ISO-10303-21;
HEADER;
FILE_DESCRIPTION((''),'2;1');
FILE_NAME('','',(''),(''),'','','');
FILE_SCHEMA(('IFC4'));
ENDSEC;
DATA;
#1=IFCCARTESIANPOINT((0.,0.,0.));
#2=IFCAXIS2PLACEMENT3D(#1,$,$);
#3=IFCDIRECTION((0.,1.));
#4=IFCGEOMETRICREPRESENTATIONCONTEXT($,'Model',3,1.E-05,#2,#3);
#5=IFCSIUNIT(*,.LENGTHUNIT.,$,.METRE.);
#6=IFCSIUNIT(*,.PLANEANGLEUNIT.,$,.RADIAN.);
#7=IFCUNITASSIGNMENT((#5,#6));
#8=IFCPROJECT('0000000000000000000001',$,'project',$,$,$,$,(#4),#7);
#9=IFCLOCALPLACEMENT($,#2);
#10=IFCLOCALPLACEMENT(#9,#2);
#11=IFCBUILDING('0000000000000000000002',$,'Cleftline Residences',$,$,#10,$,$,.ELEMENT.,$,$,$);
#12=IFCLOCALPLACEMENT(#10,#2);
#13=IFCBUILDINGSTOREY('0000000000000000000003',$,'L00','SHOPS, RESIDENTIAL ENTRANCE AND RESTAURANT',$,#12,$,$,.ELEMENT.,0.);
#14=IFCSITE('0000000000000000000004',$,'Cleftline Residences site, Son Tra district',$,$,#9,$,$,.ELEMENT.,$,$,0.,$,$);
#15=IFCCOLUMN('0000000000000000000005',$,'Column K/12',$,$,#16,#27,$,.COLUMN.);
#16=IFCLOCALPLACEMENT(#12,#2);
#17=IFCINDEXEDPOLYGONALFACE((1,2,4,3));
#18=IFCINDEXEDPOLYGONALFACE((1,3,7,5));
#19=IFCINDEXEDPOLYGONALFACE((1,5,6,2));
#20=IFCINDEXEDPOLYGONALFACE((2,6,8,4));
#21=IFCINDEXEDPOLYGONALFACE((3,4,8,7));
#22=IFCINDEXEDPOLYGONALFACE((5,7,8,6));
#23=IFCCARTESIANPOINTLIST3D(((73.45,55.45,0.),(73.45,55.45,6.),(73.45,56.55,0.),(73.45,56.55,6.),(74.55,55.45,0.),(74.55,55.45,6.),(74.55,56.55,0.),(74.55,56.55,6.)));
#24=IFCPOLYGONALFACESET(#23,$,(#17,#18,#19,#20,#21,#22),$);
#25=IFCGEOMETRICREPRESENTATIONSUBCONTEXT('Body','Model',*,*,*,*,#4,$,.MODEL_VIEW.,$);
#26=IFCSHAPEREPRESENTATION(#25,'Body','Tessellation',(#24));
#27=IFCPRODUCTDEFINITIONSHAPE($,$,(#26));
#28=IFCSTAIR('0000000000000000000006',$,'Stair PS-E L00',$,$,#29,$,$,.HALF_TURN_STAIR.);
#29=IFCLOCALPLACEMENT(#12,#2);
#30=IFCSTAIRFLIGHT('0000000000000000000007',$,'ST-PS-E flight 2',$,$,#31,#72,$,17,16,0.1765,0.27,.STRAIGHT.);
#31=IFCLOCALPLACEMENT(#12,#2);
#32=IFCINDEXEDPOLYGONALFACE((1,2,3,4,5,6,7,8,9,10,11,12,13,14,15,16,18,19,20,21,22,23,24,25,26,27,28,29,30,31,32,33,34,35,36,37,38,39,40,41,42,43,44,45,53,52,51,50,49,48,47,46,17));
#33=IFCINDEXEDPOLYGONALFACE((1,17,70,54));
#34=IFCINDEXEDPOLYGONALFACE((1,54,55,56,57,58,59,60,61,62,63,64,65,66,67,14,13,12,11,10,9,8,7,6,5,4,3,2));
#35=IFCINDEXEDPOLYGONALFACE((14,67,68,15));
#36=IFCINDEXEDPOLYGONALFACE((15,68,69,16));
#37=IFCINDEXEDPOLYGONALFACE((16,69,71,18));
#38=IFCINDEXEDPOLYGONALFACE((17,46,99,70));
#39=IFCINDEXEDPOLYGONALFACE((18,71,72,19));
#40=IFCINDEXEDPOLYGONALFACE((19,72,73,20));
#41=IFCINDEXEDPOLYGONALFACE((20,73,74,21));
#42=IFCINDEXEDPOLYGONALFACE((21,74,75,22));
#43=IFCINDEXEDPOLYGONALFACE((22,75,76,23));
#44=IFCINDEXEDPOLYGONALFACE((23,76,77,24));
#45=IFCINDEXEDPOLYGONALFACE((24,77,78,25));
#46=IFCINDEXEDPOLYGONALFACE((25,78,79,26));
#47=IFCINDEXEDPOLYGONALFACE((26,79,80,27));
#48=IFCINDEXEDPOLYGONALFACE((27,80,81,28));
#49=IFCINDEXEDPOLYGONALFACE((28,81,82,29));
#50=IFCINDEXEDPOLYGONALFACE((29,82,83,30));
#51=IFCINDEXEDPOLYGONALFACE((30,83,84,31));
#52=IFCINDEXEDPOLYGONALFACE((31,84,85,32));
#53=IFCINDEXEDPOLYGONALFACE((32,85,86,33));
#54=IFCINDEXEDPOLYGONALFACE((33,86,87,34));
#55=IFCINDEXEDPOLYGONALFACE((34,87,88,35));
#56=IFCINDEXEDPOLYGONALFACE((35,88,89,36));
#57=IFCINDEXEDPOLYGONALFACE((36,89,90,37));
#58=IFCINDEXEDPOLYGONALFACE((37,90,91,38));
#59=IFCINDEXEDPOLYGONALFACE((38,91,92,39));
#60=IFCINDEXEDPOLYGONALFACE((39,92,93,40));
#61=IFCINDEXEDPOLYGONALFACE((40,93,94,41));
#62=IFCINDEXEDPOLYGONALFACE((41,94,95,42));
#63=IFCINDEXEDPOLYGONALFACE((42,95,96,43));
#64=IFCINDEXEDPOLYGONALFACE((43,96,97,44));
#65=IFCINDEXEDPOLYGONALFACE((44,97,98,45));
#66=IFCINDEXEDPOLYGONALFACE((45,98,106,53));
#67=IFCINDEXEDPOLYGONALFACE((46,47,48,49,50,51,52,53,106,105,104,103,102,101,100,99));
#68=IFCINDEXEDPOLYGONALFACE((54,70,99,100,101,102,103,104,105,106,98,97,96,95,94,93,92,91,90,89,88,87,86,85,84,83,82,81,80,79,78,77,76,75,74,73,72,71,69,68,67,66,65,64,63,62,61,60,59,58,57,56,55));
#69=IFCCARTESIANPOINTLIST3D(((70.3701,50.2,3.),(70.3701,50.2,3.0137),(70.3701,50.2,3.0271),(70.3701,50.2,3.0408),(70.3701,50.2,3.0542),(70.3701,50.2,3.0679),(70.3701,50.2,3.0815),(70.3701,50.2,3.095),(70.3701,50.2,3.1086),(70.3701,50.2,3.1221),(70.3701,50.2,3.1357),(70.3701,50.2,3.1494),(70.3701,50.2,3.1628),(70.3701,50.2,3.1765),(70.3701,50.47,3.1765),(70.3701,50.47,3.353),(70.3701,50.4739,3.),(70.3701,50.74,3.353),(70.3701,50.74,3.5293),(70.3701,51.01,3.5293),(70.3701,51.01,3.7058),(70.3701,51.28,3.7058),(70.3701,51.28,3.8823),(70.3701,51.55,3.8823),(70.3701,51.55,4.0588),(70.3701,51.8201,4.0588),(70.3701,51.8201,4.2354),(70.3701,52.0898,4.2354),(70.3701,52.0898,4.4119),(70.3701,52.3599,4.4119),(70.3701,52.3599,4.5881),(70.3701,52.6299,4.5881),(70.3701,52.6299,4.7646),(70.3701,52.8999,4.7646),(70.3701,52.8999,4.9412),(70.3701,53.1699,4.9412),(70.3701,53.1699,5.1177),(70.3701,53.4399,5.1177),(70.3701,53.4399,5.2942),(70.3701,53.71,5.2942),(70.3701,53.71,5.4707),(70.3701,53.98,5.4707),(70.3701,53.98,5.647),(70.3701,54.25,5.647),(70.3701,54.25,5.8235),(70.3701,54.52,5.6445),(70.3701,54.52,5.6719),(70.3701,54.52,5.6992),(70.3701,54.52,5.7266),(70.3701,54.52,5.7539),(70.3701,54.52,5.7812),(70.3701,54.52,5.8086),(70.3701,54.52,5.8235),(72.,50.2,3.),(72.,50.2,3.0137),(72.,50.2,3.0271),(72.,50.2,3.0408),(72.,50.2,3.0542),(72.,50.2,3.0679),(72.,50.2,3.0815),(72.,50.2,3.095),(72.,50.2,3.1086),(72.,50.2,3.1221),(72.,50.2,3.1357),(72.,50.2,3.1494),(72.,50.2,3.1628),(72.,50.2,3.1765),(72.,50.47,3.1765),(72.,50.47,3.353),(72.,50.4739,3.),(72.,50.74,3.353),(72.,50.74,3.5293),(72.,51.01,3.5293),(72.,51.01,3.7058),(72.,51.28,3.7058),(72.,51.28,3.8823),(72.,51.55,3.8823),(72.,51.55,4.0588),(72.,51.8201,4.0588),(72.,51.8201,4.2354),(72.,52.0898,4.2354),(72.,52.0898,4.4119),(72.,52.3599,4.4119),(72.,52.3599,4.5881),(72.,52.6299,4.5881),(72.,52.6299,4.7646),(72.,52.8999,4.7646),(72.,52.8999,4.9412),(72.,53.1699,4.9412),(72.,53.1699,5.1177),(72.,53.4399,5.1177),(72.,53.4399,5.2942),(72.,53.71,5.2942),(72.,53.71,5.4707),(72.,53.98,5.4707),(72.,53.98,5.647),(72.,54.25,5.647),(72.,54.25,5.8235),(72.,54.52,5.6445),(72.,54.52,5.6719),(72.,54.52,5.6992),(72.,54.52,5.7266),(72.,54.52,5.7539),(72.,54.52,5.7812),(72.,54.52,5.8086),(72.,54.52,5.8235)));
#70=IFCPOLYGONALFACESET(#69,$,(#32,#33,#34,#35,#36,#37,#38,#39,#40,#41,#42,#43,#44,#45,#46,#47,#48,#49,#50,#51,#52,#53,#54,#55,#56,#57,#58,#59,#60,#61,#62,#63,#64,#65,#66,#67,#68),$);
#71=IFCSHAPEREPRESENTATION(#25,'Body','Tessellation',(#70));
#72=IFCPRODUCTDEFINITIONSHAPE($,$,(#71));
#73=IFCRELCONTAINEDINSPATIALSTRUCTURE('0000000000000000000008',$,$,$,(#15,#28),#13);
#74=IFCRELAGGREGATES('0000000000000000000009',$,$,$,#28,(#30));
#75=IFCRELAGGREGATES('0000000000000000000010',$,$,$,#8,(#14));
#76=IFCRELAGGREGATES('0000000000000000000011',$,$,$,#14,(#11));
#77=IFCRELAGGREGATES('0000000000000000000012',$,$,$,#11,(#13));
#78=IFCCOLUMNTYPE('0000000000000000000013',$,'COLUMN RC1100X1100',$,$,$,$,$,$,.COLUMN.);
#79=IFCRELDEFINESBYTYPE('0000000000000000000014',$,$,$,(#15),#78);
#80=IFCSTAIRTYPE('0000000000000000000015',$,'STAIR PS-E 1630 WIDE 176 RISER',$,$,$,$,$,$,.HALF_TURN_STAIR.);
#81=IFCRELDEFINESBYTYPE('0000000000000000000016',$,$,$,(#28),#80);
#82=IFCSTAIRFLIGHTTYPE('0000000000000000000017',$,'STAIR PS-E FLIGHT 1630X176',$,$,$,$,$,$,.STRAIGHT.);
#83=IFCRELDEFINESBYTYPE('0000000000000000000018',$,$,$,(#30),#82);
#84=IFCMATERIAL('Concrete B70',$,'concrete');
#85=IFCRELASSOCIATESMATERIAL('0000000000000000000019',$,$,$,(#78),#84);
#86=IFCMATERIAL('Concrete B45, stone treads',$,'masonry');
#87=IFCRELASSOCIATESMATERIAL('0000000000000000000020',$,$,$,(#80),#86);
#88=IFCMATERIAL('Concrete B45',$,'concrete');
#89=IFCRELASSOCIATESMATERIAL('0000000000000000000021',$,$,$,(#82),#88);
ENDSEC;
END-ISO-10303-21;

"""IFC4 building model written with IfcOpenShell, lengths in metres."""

from ifc_helpers import new_model, si_unit, direction, frame, origin, origin_2d, place, context, subcontext, project, spatial, polyline, rectangle, outline, extrude, material, material_profile, profile_set, type_object, element, aggregate, save


model = new_model("IFC4")

# Units and contexts
model_context = context("Model", 3, precision=1e-05, world=origin(), true_north=direction((0.0, 1.0)))
body_context = subcontext(model_context, "Body", "Model", "MODEL_VIEW")
ifc_project = project(units=[si_unit("LENGTHUNIT", "METRE"), si_unit("PLANEANGLEUNIT", "RADIAN")], contexts=[model_context])

# Site, building, storey
site_placement = place(None, origin())
site = spatial("IfcSite", under=ifc_project, at=site_placement, Name="Cleftline Residences site, Son Tra district", CompositionType="ELEMENT", RefElevation=0.0)
building_placement = place(site_placement, origin())
building = spatial("IfcBuilding", under=site, at=building_placement, Name="Cleftline Residences", CompositionType="ELEMENT")
storey_placement = place(building_placement, origin())
storey = spatial("IfcBuildingStorey", under=building, at=storey_placement, Name="L00", Description="SHOPS, RESIDENTIAL ENTRANCE AND RESTAURANT", CompositionType="ELEMENT", Elevation=0.0)

# Column
ifc_material_1 = material(Name="Concrete B70", Category="concrete")
ifc_material_profile = material_profile(ifc_material_1, rectangle(XDim=1.1001, YDim=1.1001, at=origin_2d()))
ifc_profile_set = profile_set([ifc_material_profile], Name="Concrete B70")
column_type = type_object("IfcColumnType", Name="COLUMN RC1100X1100", PredefinedType="COLUMN", material=ifc_profile_set)
column_placement = place(storey_placement, frame((74.0, 56.0, 0.0), z_axis=(0.0, 0.0, 1.0), x_axis=(1.0, 0.0, 0.0)))
element("IfcColumn", 1, at=column_placement, inside=storey, type_object=column_type, Name="Column K/12", PredefinedType="COLUMN", context=body_context, shape_type="SweptSolid", body=[
    extrude(rectangle(XDim=1.1001, YDim=1.1001, at=origin_2d()), origin(), (0.0, 0.0, 1.0), 6.0),
])

# Stair, stair flight
ifc_material_2 = material(Name="Concrete B45, stone treads", Category="masonry")
stair_type = type_object("IfcStairType", Name="STAIR PS-E 1630 WIDE 176 RISER", PredefinedType="HALF_TURN_STAIR", material=ifc_material_2)
stair_placement = place(storey_placement, origin())
stair = element("IfcStair", 2, at=stair_placement, inside=storey, type_object=stair_type, Name="Stair PS-E L00", PredefinedType="HALF_TURN_STAIR")
ifc_material_3 = material(Name="Concrete B45", Category="concrete")
stair_flight_type = type_object("IfcStairFlightType", Name="STAIR PS-E FLIGHT 1630X176", PredefinedType="STRAIGHT", material=ifc_material_3)
stair_flight_placement = place(storey_placement, frame((71.1851, 50.2, 3.0), z_axis=(0.0, 0.0, 1.0), x_axis=(0.0, 1.0, 0.0)))
stair_flight = element("IfcStairFlight", 3, at=stair_flight_placement, type_object=stair_flight_type, Name="ST-PS-E flight 2", NumberOfRisers=17, NumberOfTreads=16, PredefinedType="STRAIGHT", RiserHeight=0.1765, TreadLength=0.27, context=body_context, shape_type="SweptSolid", body=[
    extrude(outline(polyline([(0.0, 0.0), (0.0, 0.0137), (0.0, 0.0271), (0.0, 0.0408), (0.0, 0.0542), (0.0, 0.0679), (0.0, 0.0815), (0.0, 0.095), (0.0, 0.1086), (0.0, 0.1221), (0.0, 0.1357), (0.0, 0.1494), (0.0, 0.1628), (0.0, 0.1765), (0.27, 0.1765), (0.27, 0.353), (0.54, 0.353), (0.54, 0.5293), (0.8101, 0.5293), (0.8101, 0.7058), (1.0801, 0.7058), (1.0801, 0.8823), (1.3501, 0.8823), (1.3501, 1.0588), (1.6201, 1.0588), (1.6201, 1.2354), (1.8899, 1.2354), (1.8899, 1.4119), (2.1599, 1.4119), (2.1599, 1.5881), (2.4299, 1.5881), (2.4299, 1.7646), (2.7, 1.7646), (2.7, 1.9412), (2.97, 1.9412), (2.97, 2.1177), (3.24, 2.1177), (3.24, 2.2942), (3.51, 2.2942), (3.51, 2.4707), (3.78, 2.4707), (3.78, 2.647), (4.05, 2.647), (4.05, 2.8235), (4.3201, 2.8235), (4.3201, 3.0), (4.3201, 2.9727), (4.3201, 2.9453), (4.3201, 2.918), (4.3201, 2.8906), (4.3201, 2.8633), (4.3201, 2.8359), (4.3201, 2.8086), (4.3201, 2.7812), (4.3201, 2.7539), (4.3201, 2.7266), (4.3201, 2.6992), (4.3201, 2.6719), (4.3201, 2.6445), (0.2739, 0.0), (0.0, 0.0)])), frame((0.0, 0.8149, 0.0), z_axis=(0.0, -1.0, 0.0), x_axis=(1.0, 0.0, 0.0)), (0.0, 0.0, 1.0), 1.6299),
])
aggregate(stair, [stair_flight])

save(model, "model.ifc")
